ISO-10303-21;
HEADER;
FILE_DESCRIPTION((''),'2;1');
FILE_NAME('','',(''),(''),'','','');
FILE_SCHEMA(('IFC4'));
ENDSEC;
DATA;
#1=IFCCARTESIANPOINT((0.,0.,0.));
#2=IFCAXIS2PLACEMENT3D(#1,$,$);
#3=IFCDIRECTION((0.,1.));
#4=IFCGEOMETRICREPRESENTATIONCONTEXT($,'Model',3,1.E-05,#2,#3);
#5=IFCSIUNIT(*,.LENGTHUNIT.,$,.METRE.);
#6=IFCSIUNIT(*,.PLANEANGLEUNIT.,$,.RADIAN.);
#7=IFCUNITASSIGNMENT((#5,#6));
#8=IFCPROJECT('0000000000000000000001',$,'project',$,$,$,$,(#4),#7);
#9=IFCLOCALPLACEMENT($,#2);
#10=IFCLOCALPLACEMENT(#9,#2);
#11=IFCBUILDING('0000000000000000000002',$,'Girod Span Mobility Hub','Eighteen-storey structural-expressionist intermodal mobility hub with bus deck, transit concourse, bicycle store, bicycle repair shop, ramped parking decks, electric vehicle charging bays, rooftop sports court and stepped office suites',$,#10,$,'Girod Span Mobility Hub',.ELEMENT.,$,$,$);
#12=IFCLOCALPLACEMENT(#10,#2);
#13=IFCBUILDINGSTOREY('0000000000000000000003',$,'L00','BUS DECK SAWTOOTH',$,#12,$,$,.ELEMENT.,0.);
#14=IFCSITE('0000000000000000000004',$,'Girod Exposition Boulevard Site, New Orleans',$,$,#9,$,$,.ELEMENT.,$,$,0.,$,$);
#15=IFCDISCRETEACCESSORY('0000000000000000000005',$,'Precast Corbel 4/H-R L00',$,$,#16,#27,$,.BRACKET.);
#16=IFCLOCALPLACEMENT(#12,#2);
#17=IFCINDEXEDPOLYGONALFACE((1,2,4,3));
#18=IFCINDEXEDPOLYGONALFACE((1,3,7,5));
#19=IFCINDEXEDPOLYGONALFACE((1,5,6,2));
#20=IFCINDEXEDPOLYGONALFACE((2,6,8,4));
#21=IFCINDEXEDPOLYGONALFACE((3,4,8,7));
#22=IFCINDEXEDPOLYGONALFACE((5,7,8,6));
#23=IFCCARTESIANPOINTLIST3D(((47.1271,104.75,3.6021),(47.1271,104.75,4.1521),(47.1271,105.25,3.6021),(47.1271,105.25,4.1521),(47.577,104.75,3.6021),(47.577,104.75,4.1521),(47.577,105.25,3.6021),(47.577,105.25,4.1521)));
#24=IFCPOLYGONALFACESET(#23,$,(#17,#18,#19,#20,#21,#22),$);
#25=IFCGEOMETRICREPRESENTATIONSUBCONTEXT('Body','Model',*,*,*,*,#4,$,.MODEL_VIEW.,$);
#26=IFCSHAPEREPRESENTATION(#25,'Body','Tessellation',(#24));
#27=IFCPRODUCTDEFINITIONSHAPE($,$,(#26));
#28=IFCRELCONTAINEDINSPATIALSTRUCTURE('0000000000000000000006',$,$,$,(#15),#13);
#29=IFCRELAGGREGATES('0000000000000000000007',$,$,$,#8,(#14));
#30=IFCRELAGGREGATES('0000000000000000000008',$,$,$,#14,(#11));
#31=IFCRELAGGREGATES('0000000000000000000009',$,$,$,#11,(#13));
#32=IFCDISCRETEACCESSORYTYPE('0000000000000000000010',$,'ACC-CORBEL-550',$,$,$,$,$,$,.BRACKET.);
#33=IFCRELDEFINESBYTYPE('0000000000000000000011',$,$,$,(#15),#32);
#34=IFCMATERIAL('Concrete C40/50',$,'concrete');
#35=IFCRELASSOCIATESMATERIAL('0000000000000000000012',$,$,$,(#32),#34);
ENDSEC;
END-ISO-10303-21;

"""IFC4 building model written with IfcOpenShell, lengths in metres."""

from ifc_helpers import new_model, si_unit, direction, frame, origin, origin_2d, place, context, subcontext, project, spatial, rectangle, extrude, material, type_object, element, save


model = new_model("IFC4")

# Units and contexts
model_context = context("Model", 3, precision=1e-05, world=origin(), true_north=direction((0.0, 1.0)))
body_context = subcontext(model_context, "Body", "Model", "MODEL_VIEW")
ifc_project = project(units=[si_unit("LENGTHUNIT", "METRE"), si_unit("PLANEANGLEUNIT", "RADIAN")], contexts=[model_context])

# Site, building, storey
site_placement = place(None, origin())
site = spatial("IfcSite", under=ifc_project, at=site_placement, Name="Girod Exposition Boulevard Site, New Orleans", CompositionType="ELEMENT", RefElevation=0.0)
building_placement = place(site_placement, origin())
building = spatial("IfcBuilding", under=site, at=building_placement, Name="Girod Span Mobility Hub", Description="Eighteen-storey structural-expressionist intermodal mobility hub with bus deck, transit concourse, bicycle store, bicycle repair shop, ramped parking decks, electric vehicle charging bays, rooftop sports court and stepped office suites", LongName="Girod Span Mobility Hub", CompositionType="ELEMENT")
storey_placement = place(building_placement, origin())
storey = spatial("IfcBuildingStorey", under=building, at=storey_placement, Name="L00", Description="BUS DECK SAWTOOTH", CompositionType="ELEMENT", Elevation=0.0)

# Discrete accessory
ifc_material_1 = material(Name="Concrete C40/50", Category="concrete")
discrete_accessory_type = type_object("IfcDiscreteAccessoryType", Name="ACC-CORBEL-550", PredefinedType="BRACKET", material=ifc_material_1)
for number, where, z_axis, x_axis, name in (
    (1, (47.3521, 105.0, 3.6021), (0.0, 0.0, 1.0), (1.0, 0.0, 0.0), "Precast Corbel 4/H-R L00"),
):
    element("IfcDiscreteAccessory", number, at=place(storey_placement, frame(where, z_axis=z_axis, x_axis=x_axis)), inside=storey, type_object=discrete_accessory_type, Name=name, PredefinedType="BRACKET", context=body_context, shape_type="SweptSolid", body=[
        extrude(rectangle(XDim=0.45, YDim=0.5, at=origin_2d()), origin(), (0.0, 0.0, 1.0), 0.55),
    ])

save(model, "model.ifc")
